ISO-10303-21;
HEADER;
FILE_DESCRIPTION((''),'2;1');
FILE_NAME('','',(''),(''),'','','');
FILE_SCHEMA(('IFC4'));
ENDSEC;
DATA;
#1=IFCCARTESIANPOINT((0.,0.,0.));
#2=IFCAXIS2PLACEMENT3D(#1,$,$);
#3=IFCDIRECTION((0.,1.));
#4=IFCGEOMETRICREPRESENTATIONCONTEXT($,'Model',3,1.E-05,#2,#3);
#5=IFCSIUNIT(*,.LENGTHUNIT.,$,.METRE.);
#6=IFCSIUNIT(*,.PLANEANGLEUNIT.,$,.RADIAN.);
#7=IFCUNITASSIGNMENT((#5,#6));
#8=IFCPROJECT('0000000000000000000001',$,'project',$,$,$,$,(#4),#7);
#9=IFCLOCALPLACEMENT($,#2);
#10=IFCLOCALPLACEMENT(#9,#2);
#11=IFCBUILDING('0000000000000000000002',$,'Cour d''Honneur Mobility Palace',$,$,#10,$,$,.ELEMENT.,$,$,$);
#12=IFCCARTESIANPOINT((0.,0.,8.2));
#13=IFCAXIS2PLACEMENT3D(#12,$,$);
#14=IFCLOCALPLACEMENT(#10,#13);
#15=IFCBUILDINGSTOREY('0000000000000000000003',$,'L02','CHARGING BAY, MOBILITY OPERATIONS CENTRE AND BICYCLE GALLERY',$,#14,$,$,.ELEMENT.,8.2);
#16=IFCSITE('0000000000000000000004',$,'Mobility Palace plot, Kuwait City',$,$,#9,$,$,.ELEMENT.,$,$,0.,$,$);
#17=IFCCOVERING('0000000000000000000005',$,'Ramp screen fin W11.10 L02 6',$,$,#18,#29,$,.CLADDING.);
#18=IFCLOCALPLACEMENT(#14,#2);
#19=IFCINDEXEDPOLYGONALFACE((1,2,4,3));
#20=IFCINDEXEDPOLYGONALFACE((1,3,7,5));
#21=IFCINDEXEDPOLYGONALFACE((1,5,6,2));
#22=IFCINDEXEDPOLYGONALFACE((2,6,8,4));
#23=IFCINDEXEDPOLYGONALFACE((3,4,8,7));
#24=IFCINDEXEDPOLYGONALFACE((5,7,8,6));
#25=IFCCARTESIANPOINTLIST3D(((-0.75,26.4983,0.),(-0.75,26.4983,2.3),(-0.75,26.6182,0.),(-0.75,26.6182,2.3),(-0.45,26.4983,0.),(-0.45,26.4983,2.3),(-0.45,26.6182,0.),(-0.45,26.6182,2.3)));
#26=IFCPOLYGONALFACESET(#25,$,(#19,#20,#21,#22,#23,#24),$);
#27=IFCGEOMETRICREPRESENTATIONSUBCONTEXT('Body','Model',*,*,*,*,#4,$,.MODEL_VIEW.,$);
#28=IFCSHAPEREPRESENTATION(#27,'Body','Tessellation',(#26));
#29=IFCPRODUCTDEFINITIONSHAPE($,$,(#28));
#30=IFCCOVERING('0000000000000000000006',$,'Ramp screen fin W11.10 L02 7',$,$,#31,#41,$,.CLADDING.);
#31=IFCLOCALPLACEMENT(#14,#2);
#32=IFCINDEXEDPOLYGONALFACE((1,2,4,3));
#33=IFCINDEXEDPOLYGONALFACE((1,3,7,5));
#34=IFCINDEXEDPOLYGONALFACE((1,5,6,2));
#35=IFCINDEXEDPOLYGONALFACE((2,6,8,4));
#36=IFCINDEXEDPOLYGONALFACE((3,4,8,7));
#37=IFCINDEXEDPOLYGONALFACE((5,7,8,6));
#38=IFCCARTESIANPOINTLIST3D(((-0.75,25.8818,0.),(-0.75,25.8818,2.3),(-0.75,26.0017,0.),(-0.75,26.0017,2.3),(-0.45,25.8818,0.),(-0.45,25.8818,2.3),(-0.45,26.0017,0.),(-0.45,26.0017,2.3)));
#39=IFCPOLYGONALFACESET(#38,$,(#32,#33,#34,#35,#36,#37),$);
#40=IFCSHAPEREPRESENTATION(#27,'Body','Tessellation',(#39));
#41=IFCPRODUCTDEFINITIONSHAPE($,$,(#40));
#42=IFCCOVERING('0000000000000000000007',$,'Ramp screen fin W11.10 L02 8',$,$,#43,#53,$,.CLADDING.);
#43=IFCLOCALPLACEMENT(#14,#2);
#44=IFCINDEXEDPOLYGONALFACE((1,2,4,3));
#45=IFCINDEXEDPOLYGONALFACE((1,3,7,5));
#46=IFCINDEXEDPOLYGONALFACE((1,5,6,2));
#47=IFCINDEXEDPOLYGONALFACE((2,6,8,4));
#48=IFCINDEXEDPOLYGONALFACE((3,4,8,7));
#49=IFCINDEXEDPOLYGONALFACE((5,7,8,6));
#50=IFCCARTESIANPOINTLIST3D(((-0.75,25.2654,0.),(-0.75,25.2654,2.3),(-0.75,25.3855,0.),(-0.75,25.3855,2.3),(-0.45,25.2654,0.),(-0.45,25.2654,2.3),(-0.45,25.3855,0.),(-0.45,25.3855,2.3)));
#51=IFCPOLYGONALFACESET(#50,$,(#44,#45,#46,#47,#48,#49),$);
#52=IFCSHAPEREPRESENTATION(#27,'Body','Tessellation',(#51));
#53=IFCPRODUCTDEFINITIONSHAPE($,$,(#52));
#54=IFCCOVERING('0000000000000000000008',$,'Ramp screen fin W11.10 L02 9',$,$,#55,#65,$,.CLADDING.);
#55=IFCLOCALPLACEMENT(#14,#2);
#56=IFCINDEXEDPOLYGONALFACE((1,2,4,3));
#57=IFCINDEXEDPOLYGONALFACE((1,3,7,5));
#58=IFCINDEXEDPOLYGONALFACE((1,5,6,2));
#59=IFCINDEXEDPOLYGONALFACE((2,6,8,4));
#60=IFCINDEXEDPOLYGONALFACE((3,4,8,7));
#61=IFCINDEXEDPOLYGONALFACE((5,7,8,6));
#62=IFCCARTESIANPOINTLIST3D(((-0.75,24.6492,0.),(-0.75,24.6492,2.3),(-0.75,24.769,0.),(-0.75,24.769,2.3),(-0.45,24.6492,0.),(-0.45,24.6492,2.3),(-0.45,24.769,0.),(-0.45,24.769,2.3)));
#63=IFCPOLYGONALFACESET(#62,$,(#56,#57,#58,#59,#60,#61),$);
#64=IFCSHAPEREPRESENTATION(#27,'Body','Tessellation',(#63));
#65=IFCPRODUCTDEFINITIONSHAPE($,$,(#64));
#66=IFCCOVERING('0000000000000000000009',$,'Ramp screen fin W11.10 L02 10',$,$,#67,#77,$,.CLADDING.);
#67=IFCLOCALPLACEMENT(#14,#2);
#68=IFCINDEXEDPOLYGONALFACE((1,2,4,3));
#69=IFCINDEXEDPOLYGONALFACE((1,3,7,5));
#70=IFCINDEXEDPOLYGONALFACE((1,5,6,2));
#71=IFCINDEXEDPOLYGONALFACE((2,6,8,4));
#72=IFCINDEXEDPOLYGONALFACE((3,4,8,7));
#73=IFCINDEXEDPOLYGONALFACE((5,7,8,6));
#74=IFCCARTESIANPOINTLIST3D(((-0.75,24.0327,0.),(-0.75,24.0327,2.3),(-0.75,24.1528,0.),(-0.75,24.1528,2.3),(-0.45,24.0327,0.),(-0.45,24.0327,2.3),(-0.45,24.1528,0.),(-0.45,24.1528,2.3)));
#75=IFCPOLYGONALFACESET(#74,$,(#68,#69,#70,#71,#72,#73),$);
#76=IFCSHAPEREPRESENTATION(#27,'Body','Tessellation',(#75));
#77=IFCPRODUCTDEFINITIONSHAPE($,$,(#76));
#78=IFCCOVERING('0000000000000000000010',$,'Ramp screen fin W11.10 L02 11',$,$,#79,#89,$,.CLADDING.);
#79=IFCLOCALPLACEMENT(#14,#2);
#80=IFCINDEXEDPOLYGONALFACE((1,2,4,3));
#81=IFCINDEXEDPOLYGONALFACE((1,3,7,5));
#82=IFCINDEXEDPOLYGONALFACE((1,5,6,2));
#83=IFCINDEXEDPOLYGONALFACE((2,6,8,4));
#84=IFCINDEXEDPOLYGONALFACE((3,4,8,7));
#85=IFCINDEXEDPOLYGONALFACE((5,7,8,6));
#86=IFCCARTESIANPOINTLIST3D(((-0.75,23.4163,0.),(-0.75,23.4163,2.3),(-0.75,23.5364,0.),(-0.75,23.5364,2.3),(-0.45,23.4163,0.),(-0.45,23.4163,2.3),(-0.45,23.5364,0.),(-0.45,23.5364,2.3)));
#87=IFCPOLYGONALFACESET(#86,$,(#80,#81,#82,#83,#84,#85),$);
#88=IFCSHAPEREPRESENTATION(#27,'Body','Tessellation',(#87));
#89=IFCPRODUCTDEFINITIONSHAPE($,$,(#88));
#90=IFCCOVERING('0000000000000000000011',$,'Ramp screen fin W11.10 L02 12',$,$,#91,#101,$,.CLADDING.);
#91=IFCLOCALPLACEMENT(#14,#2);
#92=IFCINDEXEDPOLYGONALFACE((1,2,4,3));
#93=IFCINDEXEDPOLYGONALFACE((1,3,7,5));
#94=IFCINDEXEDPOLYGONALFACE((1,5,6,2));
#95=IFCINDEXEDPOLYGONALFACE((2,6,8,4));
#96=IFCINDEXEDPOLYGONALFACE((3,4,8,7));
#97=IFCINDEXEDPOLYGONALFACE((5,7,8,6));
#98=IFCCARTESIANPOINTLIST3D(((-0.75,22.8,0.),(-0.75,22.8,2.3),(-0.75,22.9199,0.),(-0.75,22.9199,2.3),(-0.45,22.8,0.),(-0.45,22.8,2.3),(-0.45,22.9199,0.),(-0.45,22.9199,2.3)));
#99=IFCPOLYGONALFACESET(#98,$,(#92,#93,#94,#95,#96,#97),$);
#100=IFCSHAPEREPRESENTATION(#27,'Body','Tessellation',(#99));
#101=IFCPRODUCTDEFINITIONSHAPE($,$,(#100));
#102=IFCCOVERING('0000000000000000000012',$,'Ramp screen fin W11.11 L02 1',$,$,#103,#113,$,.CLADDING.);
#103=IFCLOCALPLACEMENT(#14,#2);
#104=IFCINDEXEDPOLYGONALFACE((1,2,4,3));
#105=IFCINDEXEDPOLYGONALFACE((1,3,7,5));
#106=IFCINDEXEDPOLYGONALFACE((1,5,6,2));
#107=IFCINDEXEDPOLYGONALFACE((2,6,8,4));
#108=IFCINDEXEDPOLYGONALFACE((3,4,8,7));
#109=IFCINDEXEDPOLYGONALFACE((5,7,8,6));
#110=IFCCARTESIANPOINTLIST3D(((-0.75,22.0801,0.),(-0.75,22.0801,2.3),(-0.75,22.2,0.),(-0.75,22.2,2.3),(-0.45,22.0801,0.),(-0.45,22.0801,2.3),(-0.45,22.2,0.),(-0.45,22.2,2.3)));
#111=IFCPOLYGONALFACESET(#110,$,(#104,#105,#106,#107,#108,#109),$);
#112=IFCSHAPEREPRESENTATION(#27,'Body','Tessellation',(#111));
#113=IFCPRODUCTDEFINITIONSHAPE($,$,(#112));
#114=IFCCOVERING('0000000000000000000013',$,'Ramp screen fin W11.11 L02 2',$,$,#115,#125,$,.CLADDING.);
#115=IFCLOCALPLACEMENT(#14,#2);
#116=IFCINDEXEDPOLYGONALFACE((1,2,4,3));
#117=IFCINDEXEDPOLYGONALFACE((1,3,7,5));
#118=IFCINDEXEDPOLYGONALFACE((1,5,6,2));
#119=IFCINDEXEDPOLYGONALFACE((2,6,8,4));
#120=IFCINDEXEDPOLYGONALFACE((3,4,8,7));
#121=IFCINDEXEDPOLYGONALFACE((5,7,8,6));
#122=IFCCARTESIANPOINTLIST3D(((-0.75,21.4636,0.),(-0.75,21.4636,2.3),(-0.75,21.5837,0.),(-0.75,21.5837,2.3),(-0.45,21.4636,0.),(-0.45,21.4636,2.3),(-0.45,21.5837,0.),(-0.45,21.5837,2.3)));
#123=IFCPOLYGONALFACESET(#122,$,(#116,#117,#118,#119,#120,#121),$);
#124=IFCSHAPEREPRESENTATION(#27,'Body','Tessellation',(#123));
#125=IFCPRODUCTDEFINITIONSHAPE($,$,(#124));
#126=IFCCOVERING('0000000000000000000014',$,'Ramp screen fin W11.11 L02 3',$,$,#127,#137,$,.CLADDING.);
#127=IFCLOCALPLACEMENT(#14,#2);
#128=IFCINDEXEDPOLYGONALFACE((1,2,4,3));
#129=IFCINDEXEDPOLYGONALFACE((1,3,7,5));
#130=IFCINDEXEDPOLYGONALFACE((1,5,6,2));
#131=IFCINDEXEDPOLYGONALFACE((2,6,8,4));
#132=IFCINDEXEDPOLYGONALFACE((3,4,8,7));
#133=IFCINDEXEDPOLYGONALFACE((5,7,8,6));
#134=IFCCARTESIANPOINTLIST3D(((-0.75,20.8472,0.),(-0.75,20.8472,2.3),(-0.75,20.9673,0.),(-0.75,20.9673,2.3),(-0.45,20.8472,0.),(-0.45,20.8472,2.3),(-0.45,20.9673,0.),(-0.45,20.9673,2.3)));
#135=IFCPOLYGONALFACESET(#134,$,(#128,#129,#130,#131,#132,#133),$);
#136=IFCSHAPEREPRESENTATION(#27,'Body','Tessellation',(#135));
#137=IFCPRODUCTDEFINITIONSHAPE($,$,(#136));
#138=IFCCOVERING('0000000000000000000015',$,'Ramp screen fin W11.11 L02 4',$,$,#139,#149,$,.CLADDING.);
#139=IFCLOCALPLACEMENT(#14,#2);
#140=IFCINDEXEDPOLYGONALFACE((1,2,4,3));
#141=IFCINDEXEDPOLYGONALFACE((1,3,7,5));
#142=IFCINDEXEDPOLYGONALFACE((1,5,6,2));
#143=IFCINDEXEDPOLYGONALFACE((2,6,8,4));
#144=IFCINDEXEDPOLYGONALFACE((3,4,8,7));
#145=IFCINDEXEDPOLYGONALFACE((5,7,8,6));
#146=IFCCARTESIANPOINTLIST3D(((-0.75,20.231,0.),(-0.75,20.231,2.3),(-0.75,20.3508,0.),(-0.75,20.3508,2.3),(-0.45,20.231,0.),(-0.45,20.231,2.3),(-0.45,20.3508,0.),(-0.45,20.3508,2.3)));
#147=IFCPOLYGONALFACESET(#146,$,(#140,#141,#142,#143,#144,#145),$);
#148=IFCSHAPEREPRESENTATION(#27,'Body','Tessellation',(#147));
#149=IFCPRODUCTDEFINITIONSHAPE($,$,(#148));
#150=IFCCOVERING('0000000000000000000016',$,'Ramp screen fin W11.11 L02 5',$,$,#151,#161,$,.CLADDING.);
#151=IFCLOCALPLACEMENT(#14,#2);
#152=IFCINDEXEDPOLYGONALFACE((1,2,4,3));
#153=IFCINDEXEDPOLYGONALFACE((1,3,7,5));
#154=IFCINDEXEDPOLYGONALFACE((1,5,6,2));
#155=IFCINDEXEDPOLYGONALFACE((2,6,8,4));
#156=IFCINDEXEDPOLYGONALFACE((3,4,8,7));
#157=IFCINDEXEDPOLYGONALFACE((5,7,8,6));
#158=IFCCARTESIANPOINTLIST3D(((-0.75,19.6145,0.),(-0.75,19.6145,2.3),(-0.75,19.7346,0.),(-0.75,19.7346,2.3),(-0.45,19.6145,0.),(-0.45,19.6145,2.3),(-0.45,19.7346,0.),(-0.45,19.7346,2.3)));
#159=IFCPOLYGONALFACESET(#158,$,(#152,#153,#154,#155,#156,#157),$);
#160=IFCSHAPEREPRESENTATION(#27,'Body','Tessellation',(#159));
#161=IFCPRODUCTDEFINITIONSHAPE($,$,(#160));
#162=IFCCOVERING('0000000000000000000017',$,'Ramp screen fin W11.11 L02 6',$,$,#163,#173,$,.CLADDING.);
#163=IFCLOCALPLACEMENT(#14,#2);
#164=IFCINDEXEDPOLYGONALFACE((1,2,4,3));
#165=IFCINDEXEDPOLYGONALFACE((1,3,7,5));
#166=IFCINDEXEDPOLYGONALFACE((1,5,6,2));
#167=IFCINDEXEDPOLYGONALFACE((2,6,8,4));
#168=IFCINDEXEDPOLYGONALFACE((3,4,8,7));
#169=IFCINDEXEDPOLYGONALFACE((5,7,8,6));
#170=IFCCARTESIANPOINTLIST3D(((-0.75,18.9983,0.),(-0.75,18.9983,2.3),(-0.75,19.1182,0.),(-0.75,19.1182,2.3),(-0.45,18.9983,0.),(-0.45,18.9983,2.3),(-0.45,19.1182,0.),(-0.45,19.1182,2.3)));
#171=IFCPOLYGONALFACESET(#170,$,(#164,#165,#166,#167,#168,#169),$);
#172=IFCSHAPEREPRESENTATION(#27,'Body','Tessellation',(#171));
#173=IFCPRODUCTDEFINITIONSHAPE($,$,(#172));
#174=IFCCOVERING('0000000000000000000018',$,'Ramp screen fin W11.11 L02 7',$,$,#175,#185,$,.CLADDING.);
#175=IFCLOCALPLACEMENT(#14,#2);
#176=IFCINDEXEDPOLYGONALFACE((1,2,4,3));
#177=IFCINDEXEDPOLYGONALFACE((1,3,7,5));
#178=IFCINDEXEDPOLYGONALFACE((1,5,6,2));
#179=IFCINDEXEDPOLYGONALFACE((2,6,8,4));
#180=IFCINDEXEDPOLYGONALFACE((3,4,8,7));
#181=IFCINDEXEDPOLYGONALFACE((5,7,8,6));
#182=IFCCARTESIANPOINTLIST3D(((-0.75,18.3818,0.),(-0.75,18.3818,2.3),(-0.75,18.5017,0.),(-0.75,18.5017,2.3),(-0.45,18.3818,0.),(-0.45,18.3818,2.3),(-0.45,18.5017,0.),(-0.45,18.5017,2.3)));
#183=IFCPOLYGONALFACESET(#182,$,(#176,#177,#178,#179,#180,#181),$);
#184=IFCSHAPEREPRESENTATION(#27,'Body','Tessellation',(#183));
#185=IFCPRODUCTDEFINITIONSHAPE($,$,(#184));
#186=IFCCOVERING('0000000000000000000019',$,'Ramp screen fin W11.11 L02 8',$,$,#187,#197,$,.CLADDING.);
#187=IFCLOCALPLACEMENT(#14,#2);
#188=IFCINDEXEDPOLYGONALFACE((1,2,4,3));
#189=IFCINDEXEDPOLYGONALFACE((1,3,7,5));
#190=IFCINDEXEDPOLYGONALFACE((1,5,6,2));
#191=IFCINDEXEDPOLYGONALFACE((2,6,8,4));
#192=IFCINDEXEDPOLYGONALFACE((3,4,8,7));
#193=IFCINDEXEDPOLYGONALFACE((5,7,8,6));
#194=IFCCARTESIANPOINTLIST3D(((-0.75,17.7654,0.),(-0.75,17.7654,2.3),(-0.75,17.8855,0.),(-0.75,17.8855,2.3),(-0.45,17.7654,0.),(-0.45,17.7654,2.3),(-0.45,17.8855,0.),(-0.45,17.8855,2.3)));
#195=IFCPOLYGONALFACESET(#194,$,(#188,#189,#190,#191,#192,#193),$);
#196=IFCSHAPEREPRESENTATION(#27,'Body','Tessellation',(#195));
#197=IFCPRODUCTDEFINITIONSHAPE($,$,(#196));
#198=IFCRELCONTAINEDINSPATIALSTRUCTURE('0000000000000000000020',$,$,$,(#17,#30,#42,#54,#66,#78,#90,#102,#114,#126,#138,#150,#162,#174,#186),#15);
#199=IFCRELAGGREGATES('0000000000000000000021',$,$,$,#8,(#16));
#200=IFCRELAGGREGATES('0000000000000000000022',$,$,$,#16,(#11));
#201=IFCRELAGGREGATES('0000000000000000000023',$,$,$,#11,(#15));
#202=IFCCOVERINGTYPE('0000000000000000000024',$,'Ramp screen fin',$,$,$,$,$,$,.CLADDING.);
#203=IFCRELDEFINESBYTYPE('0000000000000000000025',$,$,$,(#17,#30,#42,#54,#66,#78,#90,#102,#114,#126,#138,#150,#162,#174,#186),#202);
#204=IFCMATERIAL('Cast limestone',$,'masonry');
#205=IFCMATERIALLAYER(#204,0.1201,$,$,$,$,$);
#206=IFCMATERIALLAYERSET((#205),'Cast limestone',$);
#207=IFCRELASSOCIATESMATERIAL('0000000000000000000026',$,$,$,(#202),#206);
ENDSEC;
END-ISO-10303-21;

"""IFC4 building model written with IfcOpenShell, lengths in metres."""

from ifc_helpers import new_model, si_unit, direction, frame, origin, place, context, subcontext, project, spatial, polyline, outline, extrude, material, layer, layer_set, type_object, element, save


model = new_model("IFC4")

# Units and contexts
model_context = context("Model", 3, precision=1e-05, world=origin(), true_north=direction((0.0, 1.0)))
body_context = subcontext(model_context, "Body", "Model", "MODEL_VIEW")
ifc_project = project(units=[si_unit("LENGTHUNIT", "METRE"), si_unit("PLANEANGLEUNIT", "RADIAN")], contexts=[model_context])

# Site, building, storey
site_placement = place(None, origin())
site = spatial("IfcSite", under=ifc_project, at=site_placement, Name="Mobility Palace plot, Kuwait City", CompositionType="ELEMENT", RefElevation=0.0)
building_placement = place(site_placement, origin())
building = spatial("IfcBuilding", under=site, at=building_placement, Name="Cour d'Honneur Mobility Palace", CompositionType="ELEMENT")
storey_placement = place(building_placement, frame((0.0, 0.0, 8.2)))
storey = spatial("IfcBuildingStorey", under=building, at=storey_placement, Name="L02", Description="CHARGING BAY, MOBILITY OPERATIONS CENTRE AND BICYCLE GALLERY", CompositionType="ELEMENT", Elevation=8.2)

# Coverings
ifc_material = material(Name="Cast limestone", Category="masonry")
ifc_layer = layer(ifc_material, 0.1201)
ifc_layer_set = layer_set([ifc_layer], Name="Cast limestone")
covering_type = type_object("IfcCoveringType", Name="Ramp screen fin", PredefinedType="CLADDING", material=ifc_layer_set)
covering_1_placement = place(storey_placement, origin())
element("IfcCovering", 1, at=covering_1_placement, inside=storey, type_object=covering_type, Name="Ramp screen fin W11.10 L02 6", PredefinedType="CLADDING", context=body_context, shape_type="SweptSolid", body=[
    extrude(outline(polyline([(-0.45, 26.6182), (-0.45, 26.4983), (-0.75, 26.4983), (-0.75, 26.6182), (-0.45, 26.6182)])), origin(), (0.0, 0.0, 1.0), 2.3),
])
covering_2_placement = place(storey_placement, origin())
element("IfcCovering", 2, at=covering_2_placement, inside=storey, type_object=covering_type, Name="Ramp screen fin W11.10 L02 7", PredefinedType="CLADDING", context=body_context, shape_type="SweptSolid", body=[
    extrude(outline(polyline([(-0.45, 26.0017), (-0.45, 25.8818), (-0.75, 25.8818), (-0.75, 26.0017), (-0.45, 26.0017)])), origin(), (0.0, 0.0, 1.0), 2.3),
])
covering_3_placement = place(storey_placement, origin())
element("IfcCovering", 3, at=covering_3_placement, inside=storey, type_object=covering_type, Name="Ramp screen fin W11.10 L02 8", PredefinedType="CLADDING", context=body_context, shape_type="SweptSolid", body=[
    extrude(outline(polyline([(-0.45, 25.3855), (-0.45, 25.2654), (-0.75, 25.2654), (-0.75, 25.3855), (-0.45, 25.3855)])), origin(), (0.0, 0.0, 1.0), 2.3),
])
covering_4_placement = place(storey_placement, origin())
element("IfcCovering", 4, at=covering_4_placement, inside=storey, type_object=covering_type, Name="Ramp screen fin W11.10 L02 9", PredefinedType="CLADDING", context=body_context, shape_type="SweptSolid", body=[
    extrude(outline(polyline([(-0.45, 24.769), (-0.45, 24.6492), (-0.75, 24.6492), (-0.75, 24.769), (-0.45, 24.769)])), origin(), (0.0, 0.0, 1.0), 2.3),
])
covering_5_placement = place(storey_placement, origin())
element("IfcCovering", 5, at=covering_5_placement, inside=storey, type_object=covering_type, Name="Ramp screen fin W11.10 L02 10", PredefinedType="CLADDING", context=body_context, shape_type="SweptSolid", body=[
    extrude(outline(polyline([(-0.45, 24.1528), (-0.45, 24.0327), (-0.75, 24.0327), (-0.75, 24.1528), (-0.45, 24.1528)])), origin(), (0.0, 0.0, 1.0), 2.3),
])
covering_6_placement = place(storey_placement, origin())
element("IfcCovering", 6, at=covering_6_placement, inside=storey, type_object=covering_type, Name="Ramp screen fin W11.10 L02 11", PredefinedType="CLADDING", context=body_context, shape_type="SweptSolid", body=[
    extrude(outline(polyline([(-0.45, 23.5364), (-0.45, 23.4163), (-0.75, 23.4163), (-0.75, 23.5364), (-0.45, 23.5364)])), origin(), (0.0, 0.0, 1.0), 2.3),
])
covering_7_placement = place(storey_placement, origin())
element("IfcCovering", 7, at=covering_7_placement, inside=storey, type_object=covering_type, Name="Ramp screen fin W11.10 L02 12", PredefinedType="CLADDING", context=body_context, shape_type="SweptSolid", body=[
    extrude(outline(polyline([(-0.45, 22.9199), (-0.45, 22.8), (-0.75, 22.8), (-0.75, 22.9199), (-0.45, 22.9199)])), origin(), (0.0, 0.0, 1.0), 2.3),
])
covering_8_placement = place(storey_placement, origin())
element("IfcCovering", 8, at=covering_8_placement, inside=storey, type_object=covering_type, Name="Ramp screen fin W11.11 L02 1", PredefinedType="CLADDING", context=body_context, shape_type="SweptSolid", body=[
    extrude(outline(polyline([(-0.45, 22.2), (-0.45, 22.0801), (-0.75, 22.0801), (-0.75, 22.2), (-0.45, 22.2)])), origin(), (0.0, 0.0, 1.0), 2.3),
])
covering_9_placement = place(storey_placement, origin())
element("IfcCovering", 9, at=covering_9_placement, inside=storey, type_object=covering_type, Name="Ramp screen fin W11.11 L02 2", PredefinedType="CLADDING", context=body_context, shape_type="SweptSolid", body=[
    extrude(outline(polyline([(-0.45, 21.5837), (-0.45, 21.4636), (-0.75, 21.4636), (-0.75, 21.5837), (-0.45, 21.5837)])), origin(), (0.0, 0.0, 1.0), 2.3),
])
covering_10_placement = place(storey_placement, origin())
element("IfcCovering", 10, at=covering_10_placement, inside=storey, type_object=covering_type, Name="Ramp screen fin W11.11 L02 3", PredefinedType="CLADDING", context=body_context, shape_type="SweptSolid", body=[
    extrude(outline(polyline([(-0.45, 20.9673), (-0.45, 20.8472), (-0.75, 20.8472), (-0.75, 20.9673), (-0.45, 20.9673)])), origin(), (0.0, 0.0, 1.0), 2.3),
])
covering_11_placement = place(storey_placement, origin())
element("IfcCovering", 11, at=covering_11_placement, inside=storey, type_object=covering_type, Name="Ramp screen fin W11.11 L02 4", PredefinedType="CLADDING", context=body_context, shape_type="SweptSolid", body=[
    extrude(outline(polyline([(-0.45, 20.3508), (-0.45, 20.231), (-0.75, 20.231), (-0.75, 20.3508), (-0.45, 20.3508)])), origin(), (0.0, 0.0, 1.0), 2.3),
])
covering_12_placement = place(storey_placement, origin())
element("IfcCovering", 12, at=covering_12_placement, inside=storey, type_object=covering_type, Name="Ramp screen fin W11.11 L02 5", PredefinedType="CLADDING", context=body_context, shape_type="SweptSolid", body=[
    extrude(outline(polyline([(-0.45, 19.7346), (-0.45, 19.6145), (-0.75, 19.6145), (-0.75, 19.7346), (-0.45, 19.7346)])), origin(), (0.0, 0.0, 1.0), 2.3),
])
covering_13_placement = place(storey_placement, origin())
element("IfcCovering", 13, at=covering_13_placement, inside=storey, type_object=covering_type, Name="Ramp screen fin W11.11 L02 6", PredefinedType="CLADDING", context=body_context, shape_type="SweptSolid", body=[
    extrude(outline(polyline([(-0.45, 19.1182), (-0.45, 18.9983), (-0.75, 18.9983), (-0.75, 19.1182), (-0.45, 19.1182)])), origin(), (0.0, 0.0, 1.0), 2.3),
])
covering_14_placement = place(storey_placement, origin())
element("IfcCovering", 14, at=covering_14_placement, inside=storey, type_object=covering_type, Name="Ramp screen fin W11.11 L02 7", PredefinedType="CLADDING", context=body_context, shape_type="SweptSolid", body=[
    extrude(outline(polyline([(-0.45, 18.5017), (-0.45, 18.3818), (-0.75, 18.3818), (-0.75, 18.5017), (-0.45, 18.5017)])), origin(), (0.0, 0.0, 1.0), 2.3),
])
covering_15_placement = place(storey_placement, origin())
element("IfcCovering", 15, at=covering_15_placement, inside=storey, type_object=covering_type, Name="Ramp screen fin W11.11 L02 8", PredefinedType="CLADDING", context=body_context, shape_type="SweptSolid", body=[
    extrude(outline(polyline([(-0.45, 17.8855), (-0.45, 17.7654), (-0.75, 17.7654), (-0.75, 17.8855), (-0.45, 17.8855)])), origin(), (0.0, 0.0, 1.0), 2.3),
])

save(model, "model.ifc")
